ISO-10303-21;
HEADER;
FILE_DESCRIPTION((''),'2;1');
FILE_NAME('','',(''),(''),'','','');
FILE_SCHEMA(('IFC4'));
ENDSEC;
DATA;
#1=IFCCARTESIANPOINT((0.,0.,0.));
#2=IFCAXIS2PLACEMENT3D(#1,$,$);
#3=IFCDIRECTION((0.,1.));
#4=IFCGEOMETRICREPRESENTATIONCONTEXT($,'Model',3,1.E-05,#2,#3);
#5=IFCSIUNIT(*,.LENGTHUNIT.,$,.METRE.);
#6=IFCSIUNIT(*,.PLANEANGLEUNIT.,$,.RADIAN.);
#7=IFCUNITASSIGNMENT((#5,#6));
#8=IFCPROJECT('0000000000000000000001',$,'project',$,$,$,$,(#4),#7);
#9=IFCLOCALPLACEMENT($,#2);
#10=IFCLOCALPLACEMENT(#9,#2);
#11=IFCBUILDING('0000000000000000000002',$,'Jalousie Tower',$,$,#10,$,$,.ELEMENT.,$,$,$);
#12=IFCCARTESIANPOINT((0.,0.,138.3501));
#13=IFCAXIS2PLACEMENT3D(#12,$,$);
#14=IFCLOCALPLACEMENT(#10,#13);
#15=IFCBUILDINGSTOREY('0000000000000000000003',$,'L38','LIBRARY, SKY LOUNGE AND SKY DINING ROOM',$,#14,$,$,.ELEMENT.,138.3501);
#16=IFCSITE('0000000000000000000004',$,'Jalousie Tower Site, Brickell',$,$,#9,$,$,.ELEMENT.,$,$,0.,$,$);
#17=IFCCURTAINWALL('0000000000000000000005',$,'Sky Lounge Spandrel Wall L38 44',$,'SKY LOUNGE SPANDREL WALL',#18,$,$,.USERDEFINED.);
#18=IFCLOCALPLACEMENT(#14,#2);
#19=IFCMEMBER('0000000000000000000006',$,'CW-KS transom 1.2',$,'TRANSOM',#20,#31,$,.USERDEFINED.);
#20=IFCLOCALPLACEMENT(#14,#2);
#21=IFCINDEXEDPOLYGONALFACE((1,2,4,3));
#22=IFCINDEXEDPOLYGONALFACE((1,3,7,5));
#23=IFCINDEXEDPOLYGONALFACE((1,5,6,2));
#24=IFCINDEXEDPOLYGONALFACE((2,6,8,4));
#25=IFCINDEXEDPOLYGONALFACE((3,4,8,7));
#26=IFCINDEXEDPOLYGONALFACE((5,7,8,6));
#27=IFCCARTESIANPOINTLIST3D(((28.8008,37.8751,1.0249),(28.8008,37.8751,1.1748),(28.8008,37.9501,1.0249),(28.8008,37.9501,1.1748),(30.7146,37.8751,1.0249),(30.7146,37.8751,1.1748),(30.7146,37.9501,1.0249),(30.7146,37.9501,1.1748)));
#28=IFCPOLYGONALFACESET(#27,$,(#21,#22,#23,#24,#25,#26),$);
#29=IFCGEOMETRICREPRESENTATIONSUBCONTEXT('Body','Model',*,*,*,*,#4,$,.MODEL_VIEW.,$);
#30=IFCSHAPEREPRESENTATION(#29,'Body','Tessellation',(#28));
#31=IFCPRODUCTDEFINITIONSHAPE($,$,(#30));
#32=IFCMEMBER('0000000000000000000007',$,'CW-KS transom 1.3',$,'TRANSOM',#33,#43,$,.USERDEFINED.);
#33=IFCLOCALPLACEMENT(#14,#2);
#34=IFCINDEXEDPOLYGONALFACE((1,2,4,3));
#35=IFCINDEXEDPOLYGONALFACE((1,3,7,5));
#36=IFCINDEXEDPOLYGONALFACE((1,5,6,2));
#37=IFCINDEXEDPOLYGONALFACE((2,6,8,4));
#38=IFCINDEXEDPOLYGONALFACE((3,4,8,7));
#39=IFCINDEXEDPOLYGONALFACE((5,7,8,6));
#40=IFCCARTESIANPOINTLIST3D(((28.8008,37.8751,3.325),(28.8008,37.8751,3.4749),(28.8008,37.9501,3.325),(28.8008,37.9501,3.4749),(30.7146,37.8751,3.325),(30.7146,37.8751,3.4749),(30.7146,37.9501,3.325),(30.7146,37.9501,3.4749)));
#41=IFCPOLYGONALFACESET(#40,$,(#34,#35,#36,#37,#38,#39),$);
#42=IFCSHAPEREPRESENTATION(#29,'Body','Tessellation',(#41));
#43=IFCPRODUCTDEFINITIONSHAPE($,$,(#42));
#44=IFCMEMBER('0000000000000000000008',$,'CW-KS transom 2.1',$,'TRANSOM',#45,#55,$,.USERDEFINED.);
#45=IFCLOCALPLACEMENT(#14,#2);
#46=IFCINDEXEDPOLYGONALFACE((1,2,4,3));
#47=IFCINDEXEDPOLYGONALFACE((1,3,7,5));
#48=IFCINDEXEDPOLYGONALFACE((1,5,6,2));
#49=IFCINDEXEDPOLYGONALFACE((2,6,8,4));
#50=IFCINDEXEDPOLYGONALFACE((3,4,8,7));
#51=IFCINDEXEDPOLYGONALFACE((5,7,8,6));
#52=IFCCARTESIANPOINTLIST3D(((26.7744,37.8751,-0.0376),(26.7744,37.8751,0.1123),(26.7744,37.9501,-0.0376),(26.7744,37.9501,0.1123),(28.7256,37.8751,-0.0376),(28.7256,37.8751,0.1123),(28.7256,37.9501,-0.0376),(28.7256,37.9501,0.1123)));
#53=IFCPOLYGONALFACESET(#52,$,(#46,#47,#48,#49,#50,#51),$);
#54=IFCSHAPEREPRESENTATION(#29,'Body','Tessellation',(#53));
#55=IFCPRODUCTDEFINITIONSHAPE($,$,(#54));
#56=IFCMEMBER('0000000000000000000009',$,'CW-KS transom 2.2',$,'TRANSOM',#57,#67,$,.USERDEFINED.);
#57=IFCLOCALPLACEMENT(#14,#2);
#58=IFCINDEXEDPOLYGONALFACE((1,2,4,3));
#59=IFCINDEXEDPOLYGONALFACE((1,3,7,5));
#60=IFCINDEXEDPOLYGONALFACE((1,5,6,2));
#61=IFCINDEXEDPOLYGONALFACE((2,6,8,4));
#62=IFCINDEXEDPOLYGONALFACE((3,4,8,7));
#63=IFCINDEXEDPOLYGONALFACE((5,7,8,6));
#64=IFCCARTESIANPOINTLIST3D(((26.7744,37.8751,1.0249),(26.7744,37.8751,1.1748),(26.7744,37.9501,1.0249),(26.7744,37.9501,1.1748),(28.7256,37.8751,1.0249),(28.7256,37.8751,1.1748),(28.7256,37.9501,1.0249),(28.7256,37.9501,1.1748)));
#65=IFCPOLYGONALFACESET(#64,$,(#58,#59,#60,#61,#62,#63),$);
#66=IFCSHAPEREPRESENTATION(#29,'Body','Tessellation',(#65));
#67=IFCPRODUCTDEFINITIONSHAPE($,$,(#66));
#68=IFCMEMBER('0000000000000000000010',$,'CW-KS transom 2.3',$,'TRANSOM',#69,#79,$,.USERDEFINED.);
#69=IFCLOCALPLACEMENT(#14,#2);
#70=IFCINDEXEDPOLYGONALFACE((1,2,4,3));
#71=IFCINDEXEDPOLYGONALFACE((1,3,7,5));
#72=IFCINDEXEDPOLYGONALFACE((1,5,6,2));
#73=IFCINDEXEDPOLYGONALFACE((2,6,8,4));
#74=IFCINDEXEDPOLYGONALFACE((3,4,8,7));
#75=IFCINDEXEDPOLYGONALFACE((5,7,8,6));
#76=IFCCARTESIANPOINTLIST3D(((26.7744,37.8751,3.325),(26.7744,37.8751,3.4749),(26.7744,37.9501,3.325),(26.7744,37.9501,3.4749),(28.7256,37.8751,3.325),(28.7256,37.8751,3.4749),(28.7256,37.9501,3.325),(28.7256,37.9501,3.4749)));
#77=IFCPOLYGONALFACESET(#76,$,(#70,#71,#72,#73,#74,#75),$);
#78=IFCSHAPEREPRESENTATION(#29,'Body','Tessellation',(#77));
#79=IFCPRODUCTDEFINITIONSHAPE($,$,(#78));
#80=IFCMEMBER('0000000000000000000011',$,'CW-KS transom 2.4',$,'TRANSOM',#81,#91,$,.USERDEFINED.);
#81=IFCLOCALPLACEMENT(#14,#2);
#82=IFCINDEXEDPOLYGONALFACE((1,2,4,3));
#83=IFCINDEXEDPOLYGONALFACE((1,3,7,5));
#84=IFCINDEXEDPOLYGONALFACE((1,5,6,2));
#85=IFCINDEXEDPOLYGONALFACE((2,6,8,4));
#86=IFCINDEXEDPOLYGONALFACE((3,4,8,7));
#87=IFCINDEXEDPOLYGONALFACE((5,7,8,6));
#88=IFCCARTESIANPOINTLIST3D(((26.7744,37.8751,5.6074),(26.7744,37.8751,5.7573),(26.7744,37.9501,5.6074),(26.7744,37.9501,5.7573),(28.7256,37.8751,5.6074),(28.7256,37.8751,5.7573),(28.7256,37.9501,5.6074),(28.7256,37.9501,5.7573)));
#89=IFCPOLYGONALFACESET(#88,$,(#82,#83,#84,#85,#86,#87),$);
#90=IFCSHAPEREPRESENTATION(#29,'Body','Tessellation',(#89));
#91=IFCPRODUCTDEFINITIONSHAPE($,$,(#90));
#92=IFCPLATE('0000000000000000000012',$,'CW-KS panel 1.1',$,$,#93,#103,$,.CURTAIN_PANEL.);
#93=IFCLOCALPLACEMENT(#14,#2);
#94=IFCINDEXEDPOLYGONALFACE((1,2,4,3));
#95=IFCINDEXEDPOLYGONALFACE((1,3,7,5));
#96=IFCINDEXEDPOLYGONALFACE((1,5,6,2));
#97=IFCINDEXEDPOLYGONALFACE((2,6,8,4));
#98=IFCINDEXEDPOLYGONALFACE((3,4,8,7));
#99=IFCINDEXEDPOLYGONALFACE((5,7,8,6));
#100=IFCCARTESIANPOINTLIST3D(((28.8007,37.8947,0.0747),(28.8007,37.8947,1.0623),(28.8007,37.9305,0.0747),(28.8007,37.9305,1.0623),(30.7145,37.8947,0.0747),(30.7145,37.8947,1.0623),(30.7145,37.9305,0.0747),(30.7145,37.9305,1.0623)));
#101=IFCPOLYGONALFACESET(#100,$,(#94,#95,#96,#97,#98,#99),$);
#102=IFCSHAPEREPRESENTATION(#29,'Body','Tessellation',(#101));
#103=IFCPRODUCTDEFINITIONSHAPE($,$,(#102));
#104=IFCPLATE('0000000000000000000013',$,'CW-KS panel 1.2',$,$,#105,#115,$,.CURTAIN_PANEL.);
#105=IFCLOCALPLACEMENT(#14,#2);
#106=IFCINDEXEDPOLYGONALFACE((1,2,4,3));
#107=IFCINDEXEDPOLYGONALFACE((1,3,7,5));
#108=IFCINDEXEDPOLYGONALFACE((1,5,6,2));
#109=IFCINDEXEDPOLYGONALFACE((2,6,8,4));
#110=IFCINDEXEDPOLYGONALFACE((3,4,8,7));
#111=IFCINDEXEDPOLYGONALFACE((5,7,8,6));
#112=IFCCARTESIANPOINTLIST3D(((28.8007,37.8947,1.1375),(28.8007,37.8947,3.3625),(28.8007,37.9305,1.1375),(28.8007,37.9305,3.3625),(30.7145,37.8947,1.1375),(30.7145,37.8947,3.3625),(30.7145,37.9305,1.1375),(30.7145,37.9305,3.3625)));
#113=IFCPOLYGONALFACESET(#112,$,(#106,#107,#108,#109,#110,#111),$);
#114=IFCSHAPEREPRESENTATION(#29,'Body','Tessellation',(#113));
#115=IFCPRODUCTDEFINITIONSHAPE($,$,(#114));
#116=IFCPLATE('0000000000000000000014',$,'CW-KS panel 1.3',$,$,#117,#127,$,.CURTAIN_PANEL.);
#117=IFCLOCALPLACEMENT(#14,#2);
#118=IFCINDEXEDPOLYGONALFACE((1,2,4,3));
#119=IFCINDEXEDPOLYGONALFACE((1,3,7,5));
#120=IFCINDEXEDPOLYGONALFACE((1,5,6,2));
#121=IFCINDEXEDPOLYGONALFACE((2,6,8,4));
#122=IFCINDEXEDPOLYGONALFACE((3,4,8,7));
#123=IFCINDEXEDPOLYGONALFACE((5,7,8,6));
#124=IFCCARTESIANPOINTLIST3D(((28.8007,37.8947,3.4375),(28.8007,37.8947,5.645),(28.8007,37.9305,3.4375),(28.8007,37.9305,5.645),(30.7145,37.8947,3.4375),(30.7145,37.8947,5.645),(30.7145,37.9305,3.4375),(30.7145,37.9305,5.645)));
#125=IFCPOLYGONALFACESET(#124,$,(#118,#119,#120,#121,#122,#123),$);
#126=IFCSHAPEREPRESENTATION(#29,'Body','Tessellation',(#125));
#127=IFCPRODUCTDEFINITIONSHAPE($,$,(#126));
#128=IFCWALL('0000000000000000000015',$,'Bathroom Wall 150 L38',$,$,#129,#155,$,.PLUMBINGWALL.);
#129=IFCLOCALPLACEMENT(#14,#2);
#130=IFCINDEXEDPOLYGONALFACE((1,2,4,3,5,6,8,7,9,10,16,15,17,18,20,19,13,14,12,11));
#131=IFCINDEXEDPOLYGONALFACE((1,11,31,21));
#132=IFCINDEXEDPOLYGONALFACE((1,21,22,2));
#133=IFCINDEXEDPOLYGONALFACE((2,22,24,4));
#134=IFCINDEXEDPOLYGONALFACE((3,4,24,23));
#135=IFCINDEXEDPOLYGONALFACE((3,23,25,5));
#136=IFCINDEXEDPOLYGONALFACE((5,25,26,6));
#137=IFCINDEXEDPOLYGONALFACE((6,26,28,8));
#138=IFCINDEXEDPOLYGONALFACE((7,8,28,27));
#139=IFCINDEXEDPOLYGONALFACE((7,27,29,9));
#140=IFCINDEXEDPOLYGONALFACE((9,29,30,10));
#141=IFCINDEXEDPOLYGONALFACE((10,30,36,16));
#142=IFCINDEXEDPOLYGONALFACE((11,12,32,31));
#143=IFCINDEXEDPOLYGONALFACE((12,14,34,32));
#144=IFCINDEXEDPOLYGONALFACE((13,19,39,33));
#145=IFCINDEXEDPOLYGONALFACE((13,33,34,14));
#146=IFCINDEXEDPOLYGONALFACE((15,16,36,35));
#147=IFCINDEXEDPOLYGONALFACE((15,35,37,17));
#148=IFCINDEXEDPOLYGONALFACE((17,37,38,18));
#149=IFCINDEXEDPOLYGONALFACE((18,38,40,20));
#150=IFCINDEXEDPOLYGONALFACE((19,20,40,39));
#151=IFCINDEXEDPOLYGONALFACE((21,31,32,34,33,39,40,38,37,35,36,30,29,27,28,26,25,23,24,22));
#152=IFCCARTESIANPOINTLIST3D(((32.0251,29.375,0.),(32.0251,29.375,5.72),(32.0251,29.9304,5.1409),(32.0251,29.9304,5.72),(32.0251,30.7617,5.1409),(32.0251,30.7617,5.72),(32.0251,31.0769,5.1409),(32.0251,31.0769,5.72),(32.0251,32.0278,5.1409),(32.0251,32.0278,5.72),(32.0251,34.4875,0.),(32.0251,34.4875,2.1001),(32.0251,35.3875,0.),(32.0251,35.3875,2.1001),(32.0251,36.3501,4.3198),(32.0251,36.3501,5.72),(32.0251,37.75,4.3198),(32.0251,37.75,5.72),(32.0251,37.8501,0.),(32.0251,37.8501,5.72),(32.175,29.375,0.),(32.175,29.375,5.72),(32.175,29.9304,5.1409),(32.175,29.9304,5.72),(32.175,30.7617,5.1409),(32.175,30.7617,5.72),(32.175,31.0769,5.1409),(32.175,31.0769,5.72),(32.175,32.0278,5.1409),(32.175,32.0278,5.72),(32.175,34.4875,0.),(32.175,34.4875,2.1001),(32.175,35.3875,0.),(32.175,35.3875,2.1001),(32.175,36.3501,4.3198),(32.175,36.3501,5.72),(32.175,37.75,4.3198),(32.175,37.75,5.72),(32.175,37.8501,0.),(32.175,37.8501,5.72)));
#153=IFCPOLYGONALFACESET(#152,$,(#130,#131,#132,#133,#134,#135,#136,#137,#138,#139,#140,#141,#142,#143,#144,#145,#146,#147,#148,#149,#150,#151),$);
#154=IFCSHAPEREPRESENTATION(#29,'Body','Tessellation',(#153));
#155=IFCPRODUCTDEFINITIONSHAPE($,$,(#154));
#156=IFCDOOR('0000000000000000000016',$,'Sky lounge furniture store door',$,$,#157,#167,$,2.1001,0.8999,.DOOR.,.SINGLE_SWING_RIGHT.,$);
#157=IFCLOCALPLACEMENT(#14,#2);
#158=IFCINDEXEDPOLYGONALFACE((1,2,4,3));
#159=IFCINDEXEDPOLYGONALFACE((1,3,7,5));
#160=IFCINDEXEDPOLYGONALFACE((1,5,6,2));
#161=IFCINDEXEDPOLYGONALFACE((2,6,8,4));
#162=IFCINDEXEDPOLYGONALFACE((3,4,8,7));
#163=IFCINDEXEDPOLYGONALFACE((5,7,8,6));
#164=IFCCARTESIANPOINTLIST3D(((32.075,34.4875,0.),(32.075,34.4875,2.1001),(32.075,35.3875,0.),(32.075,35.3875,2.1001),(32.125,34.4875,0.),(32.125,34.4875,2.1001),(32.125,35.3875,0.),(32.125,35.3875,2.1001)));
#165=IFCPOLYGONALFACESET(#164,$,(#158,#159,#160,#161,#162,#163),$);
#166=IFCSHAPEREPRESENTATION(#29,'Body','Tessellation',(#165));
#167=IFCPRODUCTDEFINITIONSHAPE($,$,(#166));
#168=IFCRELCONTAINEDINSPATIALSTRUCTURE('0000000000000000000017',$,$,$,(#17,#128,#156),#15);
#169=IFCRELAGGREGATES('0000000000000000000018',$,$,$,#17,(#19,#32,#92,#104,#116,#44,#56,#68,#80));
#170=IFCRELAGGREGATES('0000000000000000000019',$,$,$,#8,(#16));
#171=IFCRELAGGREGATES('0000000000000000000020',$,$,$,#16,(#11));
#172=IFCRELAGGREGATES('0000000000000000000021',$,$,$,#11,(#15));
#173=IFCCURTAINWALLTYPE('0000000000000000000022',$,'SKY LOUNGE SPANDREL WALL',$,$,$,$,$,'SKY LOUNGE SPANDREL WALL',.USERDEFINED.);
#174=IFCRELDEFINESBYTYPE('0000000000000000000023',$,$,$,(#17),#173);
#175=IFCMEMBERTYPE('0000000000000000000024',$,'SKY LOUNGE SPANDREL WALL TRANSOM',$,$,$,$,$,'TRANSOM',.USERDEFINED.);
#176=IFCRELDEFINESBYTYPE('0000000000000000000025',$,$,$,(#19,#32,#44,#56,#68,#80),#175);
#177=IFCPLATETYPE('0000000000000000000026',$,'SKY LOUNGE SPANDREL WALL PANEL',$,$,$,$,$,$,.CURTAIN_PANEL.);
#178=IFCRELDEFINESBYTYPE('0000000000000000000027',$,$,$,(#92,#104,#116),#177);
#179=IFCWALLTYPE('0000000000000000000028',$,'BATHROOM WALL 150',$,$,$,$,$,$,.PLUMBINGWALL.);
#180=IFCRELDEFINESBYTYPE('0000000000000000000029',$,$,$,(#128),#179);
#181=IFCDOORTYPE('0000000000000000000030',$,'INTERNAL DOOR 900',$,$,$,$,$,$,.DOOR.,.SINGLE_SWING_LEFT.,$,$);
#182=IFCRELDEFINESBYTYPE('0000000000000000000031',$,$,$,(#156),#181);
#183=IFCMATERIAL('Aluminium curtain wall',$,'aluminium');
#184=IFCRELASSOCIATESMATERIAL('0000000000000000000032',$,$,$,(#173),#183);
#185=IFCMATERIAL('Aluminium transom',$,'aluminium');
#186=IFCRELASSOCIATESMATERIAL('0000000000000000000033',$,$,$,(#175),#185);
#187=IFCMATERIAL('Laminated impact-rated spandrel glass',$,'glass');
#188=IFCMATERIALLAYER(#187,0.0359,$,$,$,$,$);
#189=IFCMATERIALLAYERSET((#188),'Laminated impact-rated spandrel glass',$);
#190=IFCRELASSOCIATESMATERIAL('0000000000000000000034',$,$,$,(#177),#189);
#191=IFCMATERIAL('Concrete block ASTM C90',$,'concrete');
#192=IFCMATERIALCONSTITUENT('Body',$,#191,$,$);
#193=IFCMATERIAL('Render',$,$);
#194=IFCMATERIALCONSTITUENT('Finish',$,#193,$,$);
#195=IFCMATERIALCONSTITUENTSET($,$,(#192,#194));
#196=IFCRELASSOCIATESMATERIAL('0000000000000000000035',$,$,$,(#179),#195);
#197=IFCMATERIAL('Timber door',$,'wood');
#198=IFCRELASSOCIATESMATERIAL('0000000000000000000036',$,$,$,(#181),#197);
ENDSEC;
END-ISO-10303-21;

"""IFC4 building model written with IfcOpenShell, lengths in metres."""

from ifc_helpers import new_model, si_unit, direction, frame, frame_2d, origin, origin_2d, place, context, subcontext, project, spatial, polyline, rectangle, outline, extrude, material, layer, layer_set, constituent, constituent_set, material_profile, profile_set, type_object, element, fill, aggregate, save


model = new_model("IFC4")

# Units and contexts
model_context = context("Model", 3, precision=1e-05, world=origin(), true_north=direction((0.0, 1.0)))
body_context = subcontext(model_context, "Body", "Model", "MODEL_VIEW")
ifc_project = project(units=[si_unit("LENGTHUNIT", "METRE"), si_unit("PLANEANGLEUNIT", "RADIAN")], contexts=[model_context])

# Site, building, storey
site_placement = place(None, origin())
site = spatial("IfcSite", under=ifc_project, at=site_placement, Name="Jalousie Tower Site, Brickell", CompositionType="ELEMENT", RefElevation=0.0)
building_placement = place(site_placement, origin())
building = spatial("IfcBuilding", under=site, at=building_placement, Name="Jalousie Tower", CompositionType="ELEMENT")
storey_placement = place(building_placement, frame((0.0, 0.0, 138.3501)))
storey = spatial("IfcBuildingStorey", under=building, at=storey_placement, Name="L38", Description="LIBRARY, SKY LOUNGE AND SKY DINING ROOM", CompositionType="ELEMENT", Elevation=138.3501)

# Curtain wall, members, plates
ifc_material_1 = material(Name="Aluminium curtain wall", Category="aluminium")
curtain_wall_type = type_object("IfcCurtainWallType", Name="SKY LOUNGE SPANDREL WALL", ElementType="SKY LOUNGE SPANDREL WALL", PredefinedType="USERDEFINED", material=ifc_material_1)
curtain_wall_placement = place(storey_placement, origin())
curtain_wall = element("IfcCurtainWall", 1, at=curtain_wall_placement, inside=storey, type_object=curtain_wall_type, Name="Sky Lounge Spandrel Wall L38 44", ObjectType="SKY LOUNGE SPANDREL WALL", PredefinedType="USERDEFINED")
ifc_material_2 = material(Name="Aluminium transom", Category="aluminium")
ifc_material_profile_1 = material_profile(ifc_material_2, rectangle(XDim=0.075, YDim=0.1499, at=origin_2d()), Name="TRANSOM 75x150")
ifc_profile_set_1 = profile_set([ifc_material_profile_1], Name="Aluminium transom")
member_type_1 = type_object("IfcMemberType", Name="SKY LOUNGE SPANDREL WALL TRANSOM", ElementType="TRANSOM", PredefinedType="USERDEFINED", material=ifc_profile_set_1)
member_1_placement = place(storey_placement, frame((30.7146, 37.9126, 1.0999), z_axis=(-1.0, 0.0, 0.0), x_axis=(0.0, -1.0, 0.0)))
member_1 = element("IfcMember", 2, at=member_1_placement, type_object=member_type_1, Name="CW-KS transom 1.2", ObjectType="TRANSOM", PredefinedType="USERDEFINED", context=body_context, shape_type="SweptSolid", body=[
    extrude(rectangle(XDim=0.075, YDim=0.1499, at=origin_2d()), origin(), (0.0, 0.0, 1.0), 1.9138),
])
member_2_placement = place(storey_placement, frame((30.7146, 37.9126, 3.3999), z_axis=(-1.0, 0.0, 0.0), x_axis=(0.0, -1.0, 0.0)))
member_2 = element("IfcMember", 3, at=member_2_placement, type_object=member_type_1, Name="CW-KS transom 1.3", ObjectType="TRANSOM", PredefinedType="USERDEFINED", context=body_context, shape_type="SweptSolid", body=[
    extrude(rectangle(XDim=0.075, YDim=0.1499, at=origin_2d()), origin(), (0.0, 0.0, 1.0), 1.9138),
])
member_3_placement = place(storey_placement, frame((28.7256, 37.9126, 0.0374), z_axis=(-1.0, 0.0, 0.0), x_axis=(0.0, -1.0, 0.0)))
member_3 = element("IfcMember", 4, at=member_3_placement, type_object=member_type_1, Name="CW-KS transom 2.1", ObjectType="TRANSOM", PredefinedType="USERDEFINED", context=body_context, shape_type="SweptSolid", body=[
    extrude(rectangle(XDim=0.075, YDim=0.1499, at=origin_2d()), origin(), (0.0, 0.0, 1.0), 1.9512),
])
member_4_placement = place(storey_placement, frame((28.7256, 37.9126, 1.0999), z_axis=(-1.0, 0.0, 0.0), x_axis=(0.0, -1.0, 0.0)))
member_4 = element("IfcMember", 5, at=member_4_placement, type_object=member_type_1, Name="CW-KS transom 2.2", ObjectType="TRANSOM", PredefinedType="USERDEFINED", context=body_context, shape_type="SweptSolid", body=[
    extrude(rectangle(XDim=0.075, YDim=0.1499, at=origin_2d()), origin(), (0.0, 0.0, 1.0), 1.9512),
])
member_5_placement = place(storey_placement, frame((28.7256, 37.9126, 3.3999), z_axis=(-1.0, 0.0, 0.0), x_axis=(0.0, -1.0, 0.0)))
member_5 = element("IfcMember", 6, at=member_5_placement, type_object=member_type_1, Name="CW-KS transom 2.3", ObjectType="TRANSOM", PredefinedType="USERDEFINED", context=body_context, shape_type="SweptSolid", body=[
    extrude(rectangle(XDim=0.075, YDim=0.1499, at=origin_2d()), origin(), (0.0, 0.0, 1.0), 1.9512),
])
member_6_placement = place(storey_placement, frame((28.7256, 37.9126, 5.6824), z_axis=(-1.0, 0.0, 0.0), x_axis=(0.0, -1.0, 0.0)))
member_6 = element("IfcMember", 7, at=member_6_placement, type_object=member_type_1, Name="CW-KS transom 2.4", ObjectType="TRANSOM", PredefinedType="USERDEFINED", context=body_context, shape_type="SweptSolid", body=[
    extrude(rectangle(XDim=0.075, YDim=0.1499, at=origin_2d()), origin(), (0.0, 0.0, 1.0), 1.9512),
])
ifc_material_3 = material(Name="Laminated impact-rated spandrel glass", Category="glass")
ifc_layer_1 = layer(ifc_material_3, 0.0359)
ifc_layer_set_1 = layer_set([ifc_layer_1], Name="Laminated impact-rated spandrel glass")
plate_type = type_object("IfcPlateType", Name="SKY LOUNGE SPANDREL WALL PANEL", PredefinedType="CURTAIN_PANEL", material=ifc_layer_set_1)
plate_1_placement = place(storey_placement, frame((29.7576, 37.9126, 0.0747), z_axis=(0.0, 0.0, 1.0), x_axis=(-1.0, 0.0, 0.0)))
plate_1 = element("IfcPlate", 8, at=plate_1_placement, type_object=plate_type, Name="CW-KS panel 1.1", PredefinedType="CURTAIN_PANEL", context=body_context, shape_type="SweptSolid", body=[
    extrude(rectangle(XDim=1.9138, YDim=0.0359, at=origin_2d()), origin(), (0.0, 0.0, 1.0), 0.9875),
])
plate_2_placement = place(storey_placement, frame((29.7576, 37.9126, 1.1375), z_axis=(0.0, 0.0, 1.0), x_axis=(-1.0, 0.0, 0.0)))
plate_2 = element("IfcPlate", 9, at=plate_2_placement, type_object=plate_type, Name="CW-KS panel 1.2", PredefinedType="CURTAIN_PANEL", context=body_context, shape_type="SweptSolid", body=[
    extrude(rectangle(XDim=1.9138, YDim=0.0359, at=origin_2d()), origin(), (0.0, 0.0, 1.0), 2.2251),
])
plate_3_placement = place(storey_placement, frame((29.7576, 37.9126, 3.4375), z_axis=(0.0, 0.0, 1.0), x_axis=(-1.0, 0.0, 0.0)))
plate_3 = element("IfcPlate", 10, at=plate_3_placement, type_object=plate_type, Name="CW-KS panel 1.3", PredefinedType="CURTAIN_PANEL", context=body_context, shape_type="SweptSolid", body=[
    extrude(rectangle(XDim=1.9138, YDim=0.0359, at=origin_2d()), origin(), (0.0, 0.0, 1.0), 2.2075),
])
aggregate(curtain_wall, [member_1, member_2, plate_1, plate_2, plate_3, member_3, member_4, member_5, member_6])

# Wall, opening, door
ifc_material_4 = material(Name="Concrete block ASTM C90", Category="concrete")
ifc_constituent_1 = constituent(ifc_material_4, Name="Body")
ifc_material_5 = material(Name="Render")
ifc_constituent_2 = constituent(ifc_material_5, Name="Finish")
ifc_constituent_set_1 = constituent_set(constituents=[ifc_constituent_1, ifc_constituent_2])
wall_type_1 = type_object("IfcWallType", Name="BATHROOM WALL 150", PredefinedType="PLUMBINGWALL", material=ifc_constituent_set_1)
wall_1_placement = place(storey_placement, frame((32.1001, 29.375, 0.0), z_axis=(0.0, 0.0, 1.0), x_axis=(0.0, 1.0, 0.0)))
wall_1 = element("IfcWall", 11, at=wall_1_placement, inside=storey, type_object=wall_type_1, Name="Bathroom Wall 150 L38", PredefinedType="PLUMBINGWALL", context=body_context, shape_type="SweptSolid", body=[
    extrude(outline(polyline([(0.0, 0.0), (8.4751, 0.0), (8.4751, 5.72), (8.375, 5.72), (8.375, 4.3198), (6.9751, 4.3198), (6.9751, 5.72), (2.6528, 5.72), (2.6528, 5.1409), (1.7019, 5.1409), (1.7019, 5.72), (1.3867, 5.72), (1.3867, 5.1409), (0.5554, 5.1409), (0.5554, 5.72), (0.0, 5.72), (0.0, 0.0)])), frame((0.0, 0.075, 0.0), z_axis=(0.0, -1.0, 0.0), x_axis=(1.0, 0.0, 0.0)), (0.0, 0.0, 1.0), 0.1499),
])
opening_1_placement = place(wall_1_placement, frame((5.1125, 0.0, 0.0)))
opening_1 = element("IfcOpeningElement", 12, at=opening_1_placement, cuts=wall_1, PredefinedType="OPENING", context=body_context, shape_type="SweptSolid", body=[
    extrude(rectangle(XDim=0.8999, YDim=2.1001, at=frame_2d((0.45, 1.05))), frame((0.0, 0.085, 0.0), z_axis=(0.0, -1.0, 0.0), x_axis=(1.0, 0.0, 0.0)), (0.0, 0.0, 1.0), 0.1699),
])
ifc_material_6 = material(Name="Timber door", Category="wood")
door_type_1 = type_object("IfcDoorType", Name="INTERNAL DOOR 900", OperationType="SINGLE_SWING_LEFT", PredefinedType="DOOR", material=ifc_material_6)
door_1_placement = place(opening_1_placement, frame((0.8999, 0.0, 0.0), z_axis=(0.0, 0.0, 1.0), x_axis=(-1.0, 0.0, 0.0)))
door_1 = element("IfcDoor", 13, at=door_1_placement, inside=storey, type_object=door_type_1, Name="Sky lounge furniture store door", OperationType="SINGLE_SWING_RIGHT", OverallHeight=2.1001, OverallWidth=0.8999, PredefinedType="DOOR", context=body_context, shape_type="SweptSolid", body=[
    extrude(rectangle(XDim=0.8999, YDim=2.1001, at=frame_2d((0.45, 1.05))), frame((0.0, 0.0249, 0.0), z_axis=(0.0, -1.0, 0.0), x_axis=(1.0, 0.0, 0.0)), (0.0, 0.0, 1.0), 0.05),
])
fill(opening_1, door_1)

save(model, "model.ifc")
